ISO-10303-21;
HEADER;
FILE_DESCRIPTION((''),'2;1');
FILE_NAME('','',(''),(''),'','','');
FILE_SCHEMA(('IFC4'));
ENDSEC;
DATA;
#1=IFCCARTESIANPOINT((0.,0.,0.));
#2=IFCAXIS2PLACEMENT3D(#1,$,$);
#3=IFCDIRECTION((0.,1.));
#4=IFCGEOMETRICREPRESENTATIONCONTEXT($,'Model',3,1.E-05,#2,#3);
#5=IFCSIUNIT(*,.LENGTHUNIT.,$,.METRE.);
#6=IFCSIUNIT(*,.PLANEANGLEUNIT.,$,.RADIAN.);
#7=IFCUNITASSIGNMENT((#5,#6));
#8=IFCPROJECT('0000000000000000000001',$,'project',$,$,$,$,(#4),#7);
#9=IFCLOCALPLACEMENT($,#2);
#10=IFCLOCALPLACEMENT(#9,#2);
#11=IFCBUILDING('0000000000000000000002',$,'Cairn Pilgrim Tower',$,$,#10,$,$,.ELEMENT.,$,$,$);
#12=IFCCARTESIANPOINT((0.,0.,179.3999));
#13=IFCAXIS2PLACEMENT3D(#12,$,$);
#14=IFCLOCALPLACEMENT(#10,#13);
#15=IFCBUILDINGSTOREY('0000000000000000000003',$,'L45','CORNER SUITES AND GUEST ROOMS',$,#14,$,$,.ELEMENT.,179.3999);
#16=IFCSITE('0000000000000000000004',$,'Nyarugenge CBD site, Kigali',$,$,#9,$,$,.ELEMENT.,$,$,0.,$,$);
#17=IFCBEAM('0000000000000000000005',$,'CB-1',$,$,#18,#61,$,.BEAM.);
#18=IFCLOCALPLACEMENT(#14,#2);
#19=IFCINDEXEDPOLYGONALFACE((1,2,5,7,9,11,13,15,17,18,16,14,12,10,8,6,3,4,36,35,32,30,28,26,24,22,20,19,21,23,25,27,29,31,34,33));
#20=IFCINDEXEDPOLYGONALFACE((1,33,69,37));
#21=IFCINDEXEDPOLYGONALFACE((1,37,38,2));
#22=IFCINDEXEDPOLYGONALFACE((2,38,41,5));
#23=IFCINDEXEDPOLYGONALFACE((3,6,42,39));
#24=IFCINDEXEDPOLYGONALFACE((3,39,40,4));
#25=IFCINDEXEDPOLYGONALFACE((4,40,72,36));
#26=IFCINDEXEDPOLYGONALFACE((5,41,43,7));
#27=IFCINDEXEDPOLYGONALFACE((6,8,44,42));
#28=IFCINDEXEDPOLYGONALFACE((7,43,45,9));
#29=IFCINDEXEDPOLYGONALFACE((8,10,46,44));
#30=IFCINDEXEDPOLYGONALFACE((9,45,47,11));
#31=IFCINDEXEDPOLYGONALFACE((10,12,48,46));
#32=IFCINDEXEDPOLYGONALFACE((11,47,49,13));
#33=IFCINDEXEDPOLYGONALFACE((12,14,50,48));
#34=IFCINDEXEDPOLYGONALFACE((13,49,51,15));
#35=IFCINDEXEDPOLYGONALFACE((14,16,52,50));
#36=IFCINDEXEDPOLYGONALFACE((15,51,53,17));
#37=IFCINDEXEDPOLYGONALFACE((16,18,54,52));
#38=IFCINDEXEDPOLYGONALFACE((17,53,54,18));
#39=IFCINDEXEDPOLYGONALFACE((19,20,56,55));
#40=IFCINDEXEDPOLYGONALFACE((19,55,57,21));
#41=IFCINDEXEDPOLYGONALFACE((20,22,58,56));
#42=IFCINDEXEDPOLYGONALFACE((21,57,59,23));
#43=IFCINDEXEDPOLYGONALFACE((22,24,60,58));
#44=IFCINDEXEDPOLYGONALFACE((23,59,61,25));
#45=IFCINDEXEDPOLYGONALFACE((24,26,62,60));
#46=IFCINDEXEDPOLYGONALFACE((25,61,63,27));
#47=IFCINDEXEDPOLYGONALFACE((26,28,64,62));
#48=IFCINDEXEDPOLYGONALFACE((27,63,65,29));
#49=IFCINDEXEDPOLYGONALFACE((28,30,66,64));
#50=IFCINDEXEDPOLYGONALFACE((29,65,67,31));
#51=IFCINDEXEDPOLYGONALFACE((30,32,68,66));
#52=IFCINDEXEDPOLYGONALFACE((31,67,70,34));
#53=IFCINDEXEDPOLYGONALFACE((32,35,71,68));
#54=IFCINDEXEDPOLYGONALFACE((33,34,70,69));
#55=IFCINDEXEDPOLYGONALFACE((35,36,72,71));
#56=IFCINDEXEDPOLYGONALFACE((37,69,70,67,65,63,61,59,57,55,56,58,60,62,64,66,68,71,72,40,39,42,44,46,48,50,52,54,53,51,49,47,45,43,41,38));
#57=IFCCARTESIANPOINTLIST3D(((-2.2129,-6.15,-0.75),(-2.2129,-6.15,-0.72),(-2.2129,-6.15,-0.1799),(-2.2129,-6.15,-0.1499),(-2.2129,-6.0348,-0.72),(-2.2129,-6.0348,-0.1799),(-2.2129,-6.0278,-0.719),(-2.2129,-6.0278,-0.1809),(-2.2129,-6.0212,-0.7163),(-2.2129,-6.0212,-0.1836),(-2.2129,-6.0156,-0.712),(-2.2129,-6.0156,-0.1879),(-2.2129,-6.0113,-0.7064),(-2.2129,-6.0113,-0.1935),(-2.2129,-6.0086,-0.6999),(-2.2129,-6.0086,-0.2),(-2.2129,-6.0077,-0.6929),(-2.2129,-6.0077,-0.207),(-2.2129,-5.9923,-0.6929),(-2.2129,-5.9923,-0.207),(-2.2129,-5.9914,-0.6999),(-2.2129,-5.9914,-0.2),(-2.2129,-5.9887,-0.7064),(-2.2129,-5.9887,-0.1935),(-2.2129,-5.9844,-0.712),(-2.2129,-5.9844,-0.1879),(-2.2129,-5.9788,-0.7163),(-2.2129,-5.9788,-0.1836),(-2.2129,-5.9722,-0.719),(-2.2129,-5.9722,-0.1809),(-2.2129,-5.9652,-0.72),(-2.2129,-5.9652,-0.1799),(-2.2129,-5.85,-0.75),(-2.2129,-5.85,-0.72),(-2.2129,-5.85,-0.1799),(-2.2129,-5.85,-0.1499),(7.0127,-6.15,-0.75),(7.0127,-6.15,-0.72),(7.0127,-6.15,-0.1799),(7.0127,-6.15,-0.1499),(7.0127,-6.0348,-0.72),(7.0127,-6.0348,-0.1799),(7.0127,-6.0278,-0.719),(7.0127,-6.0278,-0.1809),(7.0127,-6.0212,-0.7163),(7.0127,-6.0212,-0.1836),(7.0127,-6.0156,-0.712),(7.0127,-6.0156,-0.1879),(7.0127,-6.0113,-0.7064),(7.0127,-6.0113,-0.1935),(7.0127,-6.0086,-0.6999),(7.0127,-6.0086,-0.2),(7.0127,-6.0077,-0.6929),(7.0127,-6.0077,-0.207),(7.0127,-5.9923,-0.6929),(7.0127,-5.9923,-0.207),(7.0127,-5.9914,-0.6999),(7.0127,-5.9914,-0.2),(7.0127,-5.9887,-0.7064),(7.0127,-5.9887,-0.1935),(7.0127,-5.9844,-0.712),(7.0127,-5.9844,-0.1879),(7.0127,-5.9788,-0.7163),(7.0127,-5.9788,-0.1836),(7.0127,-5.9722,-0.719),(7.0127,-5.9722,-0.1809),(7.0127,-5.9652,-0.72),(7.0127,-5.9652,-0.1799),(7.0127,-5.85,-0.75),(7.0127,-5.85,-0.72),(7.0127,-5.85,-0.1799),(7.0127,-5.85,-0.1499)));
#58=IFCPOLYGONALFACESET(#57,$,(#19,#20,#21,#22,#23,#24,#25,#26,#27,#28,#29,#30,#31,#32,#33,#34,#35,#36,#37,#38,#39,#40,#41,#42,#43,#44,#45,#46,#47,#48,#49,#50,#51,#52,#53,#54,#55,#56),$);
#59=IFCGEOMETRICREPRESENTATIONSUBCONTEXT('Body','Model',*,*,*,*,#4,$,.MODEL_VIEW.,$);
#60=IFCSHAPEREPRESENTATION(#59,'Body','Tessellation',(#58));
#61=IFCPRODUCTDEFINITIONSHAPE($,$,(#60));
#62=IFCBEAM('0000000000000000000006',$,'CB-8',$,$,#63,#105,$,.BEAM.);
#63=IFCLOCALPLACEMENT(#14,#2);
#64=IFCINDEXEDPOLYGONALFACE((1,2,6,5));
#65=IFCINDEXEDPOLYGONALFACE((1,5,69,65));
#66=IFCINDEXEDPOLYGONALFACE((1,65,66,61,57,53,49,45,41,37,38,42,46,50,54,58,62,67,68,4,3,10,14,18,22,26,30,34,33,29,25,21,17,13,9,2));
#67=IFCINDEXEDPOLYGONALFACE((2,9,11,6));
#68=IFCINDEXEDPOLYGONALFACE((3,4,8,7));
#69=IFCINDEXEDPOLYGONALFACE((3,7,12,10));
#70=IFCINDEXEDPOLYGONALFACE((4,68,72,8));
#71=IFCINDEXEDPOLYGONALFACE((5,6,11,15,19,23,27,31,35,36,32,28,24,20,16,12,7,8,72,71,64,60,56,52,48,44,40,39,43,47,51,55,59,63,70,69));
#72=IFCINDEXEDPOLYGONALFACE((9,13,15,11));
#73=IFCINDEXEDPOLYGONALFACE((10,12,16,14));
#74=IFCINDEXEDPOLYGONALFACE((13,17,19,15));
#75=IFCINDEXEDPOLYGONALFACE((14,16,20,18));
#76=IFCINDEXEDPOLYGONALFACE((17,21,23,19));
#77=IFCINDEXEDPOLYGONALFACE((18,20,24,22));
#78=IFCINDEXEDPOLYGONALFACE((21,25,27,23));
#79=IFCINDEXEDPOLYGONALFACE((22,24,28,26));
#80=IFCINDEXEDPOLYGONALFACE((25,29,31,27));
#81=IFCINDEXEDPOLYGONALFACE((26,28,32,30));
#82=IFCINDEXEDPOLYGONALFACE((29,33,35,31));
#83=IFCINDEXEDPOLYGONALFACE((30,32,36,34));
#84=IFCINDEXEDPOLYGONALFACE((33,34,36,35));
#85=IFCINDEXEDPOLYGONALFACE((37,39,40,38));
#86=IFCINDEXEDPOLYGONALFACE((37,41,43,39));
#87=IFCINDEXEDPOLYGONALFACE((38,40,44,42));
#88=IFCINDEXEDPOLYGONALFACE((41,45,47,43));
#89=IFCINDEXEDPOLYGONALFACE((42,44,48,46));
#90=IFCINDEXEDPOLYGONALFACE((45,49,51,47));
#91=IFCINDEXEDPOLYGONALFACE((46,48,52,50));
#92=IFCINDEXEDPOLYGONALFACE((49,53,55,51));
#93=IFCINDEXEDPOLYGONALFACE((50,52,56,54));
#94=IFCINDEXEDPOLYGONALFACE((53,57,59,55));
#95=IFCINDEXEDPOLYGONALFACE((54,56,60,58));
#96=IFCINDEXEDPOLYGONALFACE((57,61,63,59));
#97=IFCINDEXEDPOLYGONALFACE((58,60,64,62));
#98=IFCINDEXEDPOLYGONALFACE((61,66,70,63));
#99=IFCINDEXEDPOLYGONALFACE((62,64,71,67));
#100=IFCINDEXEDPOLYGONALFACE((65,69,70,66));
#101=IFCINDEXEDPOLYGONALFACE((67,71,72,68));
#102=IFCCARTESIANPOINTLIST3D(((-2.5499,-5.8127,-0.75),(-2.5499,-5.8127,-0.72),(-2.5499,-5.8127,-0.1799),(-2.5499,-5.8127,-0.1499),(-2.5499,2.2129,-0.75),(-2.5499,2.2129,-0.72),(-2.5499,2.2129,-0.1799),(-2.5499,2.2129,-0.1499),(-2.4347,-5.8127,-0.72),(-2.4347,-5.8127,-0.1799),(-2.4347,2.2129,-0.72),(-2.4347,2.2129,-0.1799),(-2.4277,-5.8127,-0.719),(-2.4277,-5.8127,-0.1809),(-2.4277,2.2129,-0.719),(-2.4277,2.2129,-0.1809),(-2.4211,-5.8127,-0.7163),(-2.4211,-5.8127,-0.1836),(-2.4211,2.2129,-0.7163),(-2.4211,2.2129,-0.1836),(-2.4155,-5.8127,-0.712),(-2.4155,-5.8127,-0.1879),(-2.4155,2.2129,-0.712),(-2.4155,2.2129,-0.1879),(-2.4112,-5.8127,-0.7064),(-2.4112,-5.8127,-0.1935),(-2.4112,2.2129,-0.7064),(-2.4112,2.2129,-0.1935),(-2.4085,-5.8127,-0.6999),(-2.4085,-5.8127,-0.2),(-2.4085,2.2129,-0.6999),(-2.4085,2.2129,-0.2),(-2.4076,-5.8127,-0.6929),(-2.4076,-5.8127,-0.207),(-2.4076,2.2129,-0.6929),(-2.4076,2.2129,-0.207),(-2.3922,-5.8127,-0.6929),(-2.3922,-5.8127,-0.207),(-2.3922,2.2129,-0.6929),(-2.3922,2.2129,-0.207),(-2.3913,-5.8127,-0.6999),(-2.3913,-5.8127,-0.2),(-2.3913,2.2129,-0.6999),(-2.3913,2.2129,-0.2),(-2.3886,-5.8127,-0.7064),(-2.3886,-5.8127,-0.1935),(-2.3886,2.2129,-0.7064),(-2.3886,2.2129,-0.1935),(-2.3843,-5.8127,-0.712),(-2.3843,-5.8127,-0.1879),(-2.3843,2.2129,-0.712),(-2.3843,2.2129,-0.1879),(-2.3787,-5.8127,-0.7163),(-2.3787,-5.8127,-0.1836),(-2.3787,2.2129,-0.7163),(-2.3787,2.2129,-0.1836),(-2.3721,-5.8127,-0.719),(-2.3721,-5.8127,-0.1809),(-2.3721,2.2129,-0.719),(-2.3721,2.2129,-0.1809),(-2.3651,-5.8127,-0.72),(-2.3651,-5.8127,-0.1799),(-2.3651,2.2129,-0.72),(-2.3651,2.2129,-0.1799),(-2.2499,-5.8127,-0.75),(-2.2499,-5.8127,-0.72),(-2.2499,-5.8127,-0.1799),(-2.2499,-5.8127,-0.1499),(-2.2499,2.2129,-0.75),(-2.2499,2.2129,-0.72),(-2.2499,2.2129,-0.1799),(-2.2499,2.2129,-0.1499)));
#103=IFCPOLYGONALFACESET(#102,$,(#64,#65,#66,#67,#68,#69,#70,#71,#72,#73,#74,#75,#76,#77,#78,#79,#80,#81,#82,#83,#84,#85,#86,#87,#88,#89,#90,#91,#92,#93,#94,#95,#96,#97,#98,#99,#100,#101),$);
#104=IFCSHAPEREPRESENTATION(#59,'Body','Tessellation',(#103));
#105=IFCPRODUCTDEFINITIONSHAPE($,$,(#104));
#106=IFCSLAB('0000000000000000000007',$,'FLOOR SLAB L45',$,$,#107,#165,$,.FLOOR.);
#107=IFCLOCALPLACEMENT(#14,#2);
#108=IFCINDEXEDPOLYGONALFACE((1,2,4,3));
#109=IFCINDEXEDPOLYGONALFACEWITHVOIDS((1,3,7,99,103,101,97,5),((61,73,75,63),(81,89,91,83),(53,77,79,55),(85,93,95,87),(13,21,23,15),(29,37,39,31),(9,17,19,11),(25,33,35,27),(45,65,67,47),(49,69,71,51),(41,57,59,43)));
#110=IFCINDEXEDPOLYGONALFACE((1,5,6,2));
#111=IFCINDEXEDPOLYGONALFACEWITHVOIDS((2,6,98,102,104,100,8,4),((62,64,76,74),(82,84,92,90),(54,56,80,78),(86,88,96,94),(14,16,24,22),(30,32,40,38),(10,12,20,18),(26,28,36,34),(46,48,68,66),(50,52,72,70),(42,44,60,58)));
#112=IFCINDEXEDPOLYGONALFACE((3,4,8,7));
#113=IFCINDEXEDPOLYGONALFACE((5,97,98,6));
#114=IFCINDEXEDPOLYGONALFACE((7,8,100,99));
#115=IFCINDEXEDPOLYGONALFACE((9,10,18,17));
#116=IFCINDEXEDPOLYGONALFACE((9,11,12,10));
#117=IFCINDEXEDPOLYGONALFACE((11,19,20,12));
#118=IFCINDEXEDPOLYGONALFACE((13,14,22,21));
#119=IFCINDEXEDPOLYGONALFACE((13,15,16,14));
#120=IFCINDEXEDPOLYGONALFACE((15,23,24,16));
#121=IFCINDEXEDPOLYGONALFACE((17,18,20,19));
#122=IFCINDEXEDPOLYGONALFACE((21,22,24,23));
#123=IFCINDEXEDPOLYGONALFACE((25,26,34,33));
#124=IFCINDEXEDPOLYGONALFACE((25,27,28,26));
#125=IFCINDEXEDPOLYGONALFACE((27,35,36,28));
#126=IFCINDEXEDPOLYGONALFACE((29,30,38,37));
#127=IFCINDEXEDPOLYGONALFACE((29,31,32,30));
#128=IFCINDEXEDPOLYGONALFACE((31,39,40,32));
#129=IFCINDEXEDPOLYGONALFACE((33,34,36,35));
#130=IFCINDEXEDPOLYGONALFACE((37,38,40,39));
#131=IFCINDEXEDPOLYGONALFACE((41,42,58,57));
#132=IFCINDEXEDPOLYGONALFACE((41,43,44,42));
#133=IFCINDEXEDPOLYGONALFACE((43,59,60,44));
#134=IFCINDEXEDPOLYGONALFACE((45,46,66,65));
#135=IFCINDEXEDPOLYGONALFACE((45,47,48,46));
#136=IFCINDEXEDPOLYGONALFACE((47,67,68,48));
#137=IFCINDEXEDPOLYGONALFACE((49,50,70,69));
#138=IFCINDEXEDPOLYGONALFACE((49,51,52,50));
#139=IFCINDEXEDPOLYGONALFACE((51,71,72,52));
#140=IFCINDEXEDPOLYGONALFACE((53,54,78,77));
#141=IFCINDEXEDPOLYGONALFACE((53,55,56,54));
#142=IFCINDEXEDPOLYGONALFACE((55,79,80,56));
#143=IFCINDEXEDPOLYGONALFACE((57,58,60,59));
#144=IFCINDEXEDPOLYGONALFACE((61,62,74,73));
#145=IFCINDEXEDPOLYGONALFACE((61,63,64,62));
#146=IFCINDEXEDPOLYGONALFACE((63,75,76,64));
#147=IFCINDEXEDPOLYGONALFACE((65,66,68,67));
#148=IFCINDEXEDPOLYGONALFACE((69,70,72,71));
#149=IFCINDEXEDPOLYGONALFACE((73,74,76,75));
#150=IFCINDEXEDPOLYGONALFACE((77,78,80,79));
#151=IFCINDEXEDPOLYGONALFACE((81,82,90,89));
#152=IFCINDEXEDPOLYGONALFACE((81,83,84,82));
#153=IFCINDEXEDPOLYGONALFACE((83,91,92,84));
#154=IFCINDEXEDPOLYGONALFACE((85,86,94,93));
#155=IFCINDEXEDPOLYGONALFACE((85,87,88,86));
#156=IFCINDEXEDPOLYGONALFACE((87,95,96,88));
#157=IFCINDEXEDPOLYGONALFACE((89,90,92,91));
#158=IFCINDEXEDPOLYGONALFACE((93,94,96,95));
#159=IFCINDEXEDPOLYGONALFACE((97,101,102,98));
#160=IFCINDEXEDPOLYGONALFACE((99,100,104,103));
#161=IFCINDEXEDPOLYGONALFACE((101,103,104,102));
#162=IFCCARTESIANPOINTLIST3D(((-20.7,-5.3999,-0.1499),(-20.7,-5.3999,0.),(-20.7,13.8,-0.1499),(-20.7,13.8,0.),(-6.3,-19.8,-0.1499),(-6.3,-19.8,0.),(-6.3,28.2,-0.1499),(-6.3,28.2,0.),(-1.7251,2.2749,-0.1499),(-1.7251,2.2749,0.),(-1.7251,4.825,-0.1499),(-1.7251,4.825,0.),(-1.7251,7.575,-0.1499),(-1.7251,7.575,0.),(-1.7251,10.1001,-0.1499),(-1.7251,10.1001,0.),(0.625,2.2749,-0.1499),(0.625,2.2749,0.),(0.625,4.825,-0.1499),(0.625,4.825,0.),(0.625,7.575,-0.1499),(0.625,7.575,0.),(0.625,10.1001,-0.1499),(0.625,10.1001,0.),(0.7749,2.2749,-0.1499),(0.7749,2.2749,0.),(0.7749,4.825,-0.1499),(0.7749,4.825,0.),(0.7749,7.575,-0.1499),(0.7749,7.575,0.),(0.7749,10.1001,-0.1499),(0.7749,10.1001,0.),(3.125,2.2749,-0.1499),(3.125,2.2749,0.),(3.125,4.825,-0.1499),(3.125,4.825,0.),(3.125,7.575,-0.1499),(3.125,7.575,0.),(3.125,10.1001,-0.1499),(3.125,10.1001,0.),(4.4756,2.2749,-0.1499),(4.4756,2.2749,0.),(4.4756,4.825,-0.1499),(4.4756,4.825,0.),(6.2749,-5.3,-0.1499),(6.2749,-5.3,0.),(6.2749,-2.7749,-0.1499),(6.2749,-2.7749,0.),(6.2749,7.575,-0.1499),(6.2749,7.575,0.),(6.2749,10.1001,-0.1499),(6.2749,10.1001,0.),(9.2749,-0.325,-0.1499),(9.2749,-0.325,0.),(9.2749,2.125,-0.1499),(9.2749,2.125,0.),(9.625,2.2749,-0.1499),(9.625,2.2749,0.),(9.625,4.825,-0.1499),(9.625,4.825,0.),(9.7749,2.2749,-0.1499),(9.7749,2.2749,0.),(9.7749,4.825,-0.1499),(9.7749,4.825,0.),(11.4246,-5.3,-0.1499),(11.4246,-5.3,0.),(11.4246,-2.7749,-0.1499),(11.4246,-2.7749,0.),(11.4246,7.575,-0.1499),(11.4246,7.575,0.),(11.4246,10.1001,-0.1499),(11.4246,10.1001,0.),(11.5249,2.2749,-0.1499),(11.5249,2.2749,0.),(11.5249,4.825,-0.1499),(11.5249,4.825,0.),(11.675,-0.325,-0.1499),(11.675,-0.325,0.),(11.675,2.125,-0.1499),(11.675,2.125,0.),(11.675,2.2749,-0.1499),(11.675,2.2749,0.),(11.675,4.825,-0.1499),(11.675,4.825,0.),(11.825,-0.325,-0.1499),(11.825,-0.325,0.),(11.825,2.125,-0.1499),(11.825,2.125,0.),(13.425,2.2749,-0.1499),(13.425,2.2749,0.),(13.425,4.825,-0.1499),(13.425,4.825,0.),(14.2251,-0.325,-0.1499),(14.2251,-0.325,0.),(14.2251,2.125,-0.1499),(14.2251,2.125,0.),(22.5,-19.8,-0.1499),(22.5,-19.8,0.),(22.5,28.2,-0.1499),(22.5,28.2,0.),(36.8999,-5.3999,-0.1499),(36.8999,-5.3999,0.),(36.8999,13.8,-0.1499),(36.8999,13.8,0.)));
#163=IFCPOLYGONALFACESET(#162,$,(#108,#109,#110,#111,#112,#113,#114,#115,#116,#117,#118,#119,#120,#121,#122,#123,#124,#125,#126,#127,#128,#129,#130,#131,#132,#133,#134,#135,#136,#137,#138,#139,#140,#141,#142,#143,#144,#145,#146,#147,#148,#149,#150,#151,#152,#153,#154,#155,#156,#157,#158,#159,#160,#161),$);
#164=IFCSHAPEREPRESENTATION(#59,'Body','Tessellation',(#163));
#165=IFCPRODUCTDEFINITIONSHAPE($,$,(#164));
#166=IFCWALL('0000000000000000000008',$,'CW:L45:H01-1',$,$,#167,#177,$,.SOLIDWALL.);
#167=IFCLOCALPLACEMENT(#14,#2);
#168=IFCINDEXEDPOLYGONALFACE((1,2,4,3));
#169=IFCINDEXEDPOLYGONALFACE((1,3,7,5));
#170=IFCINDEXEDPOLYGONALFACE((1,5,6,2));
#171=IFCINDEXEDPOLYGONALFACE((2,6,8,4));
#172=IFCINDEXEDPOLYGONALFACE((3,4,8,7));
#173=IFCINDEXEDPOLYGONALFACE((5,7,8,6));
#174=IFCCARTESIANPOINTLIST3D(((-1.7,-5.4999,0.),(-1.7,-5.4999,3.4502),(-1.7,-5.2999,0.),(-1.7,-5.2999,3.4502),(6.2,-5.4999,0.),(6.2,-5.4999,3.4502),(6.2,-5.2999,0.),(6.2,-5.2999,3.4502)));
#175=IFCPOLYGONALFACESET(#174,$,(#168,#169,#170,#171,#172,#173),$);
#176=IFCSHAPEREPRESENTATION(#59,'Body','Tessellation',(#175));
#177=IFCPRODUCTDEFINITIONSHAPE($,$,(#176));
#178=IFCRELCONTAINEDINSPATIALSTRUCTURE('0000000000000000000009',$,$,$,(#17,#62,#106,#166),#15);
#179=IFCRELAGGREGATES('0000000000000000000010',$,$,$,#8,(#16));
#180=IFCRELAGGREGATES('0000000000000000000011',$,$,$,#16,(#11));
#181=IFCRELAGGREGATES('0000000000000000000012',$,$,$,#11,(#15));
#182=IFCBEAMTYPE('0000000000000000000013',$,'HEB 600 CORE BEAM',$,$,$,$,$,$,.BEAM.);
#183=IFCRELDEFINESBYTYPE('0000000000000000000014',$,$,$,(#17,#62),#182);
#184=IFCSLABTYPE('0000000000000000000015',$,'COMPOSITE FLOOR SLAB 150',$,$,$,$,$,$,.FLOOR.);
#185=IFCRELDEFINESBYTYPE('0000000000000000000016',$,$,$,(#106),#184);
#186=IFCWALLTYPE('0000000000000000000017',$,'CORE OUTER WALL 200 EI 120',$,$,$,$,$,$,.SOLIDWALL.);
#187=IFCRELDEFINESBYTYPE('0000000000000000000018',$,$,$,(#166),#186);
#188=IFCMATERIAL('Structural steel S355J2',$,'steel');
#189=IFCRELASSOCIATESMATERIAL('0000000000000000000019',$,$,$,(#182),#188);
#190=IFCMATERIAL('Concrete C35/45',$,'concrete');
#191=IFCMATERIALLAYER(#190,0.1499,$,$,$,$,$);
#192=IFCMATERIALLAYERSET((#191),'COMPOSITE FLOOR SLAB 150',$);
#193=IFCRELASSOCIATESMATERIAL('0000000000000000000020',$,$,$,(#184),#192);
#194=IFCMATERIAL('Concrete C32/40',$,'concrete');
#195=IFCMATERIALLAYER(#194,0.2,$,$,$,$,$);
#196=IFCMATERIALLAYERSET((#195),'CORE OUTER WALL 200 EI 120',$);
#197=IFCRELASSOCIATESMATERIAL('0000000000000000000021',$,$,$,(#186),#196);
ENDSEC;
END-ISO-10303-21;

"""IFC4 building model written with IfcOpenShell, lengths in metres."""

from ifc_helpers import new_model, si_unit, direction, frame, frame_2d, origin, origin_2d, place, context, subcontext, project, spatial, polyline, rectangle, i_section, outline, extrude, material, layer, layer_set, material_profile, profile_set, type_object, element, save


model = new_model("IFC4")

# Units and contexts
model_context = context("Model", 3, precision=1e-05, world=origin(), true_north=direction((0.0, 1.0)))
body_context = subcontext(model_context, "Body", "Model", "MODEL_VIEW")
ifc_project = project(units=[si_unit("LENGTHUNIT", "METRE"), si_unit("PLANEANGLEUNIT", "RADIAN")], contexts=[model_context])

# Site, building, storey
site_placement = place(None, origin())
site = spatial("IfcSite", under=ifc_project, at=site_placement, Name="Nyarugenge CBD site, Kigali", CompositionType="ELEMENT", RefElevation=0.0)
building_placement = place(site_placement, origin())
building = spatial("IfcBuilding", under=site, at=building_placement, Name="Cairn Pilgrim Tower", CompositionType="ELEMENT")
storey_placement = place(building_placement, frame((0.0, 0.0, 179.3999)))
storey = spatial("IfcBuildingStorey", under=building, at=storey_placement, Name="L45", Description="CORNER SUITES AND GUEST ROOMS", CompositionType="ELEMENT", Elevation=179.3999)

# Shared definitions
ifc_material_1 = material(Name="Structural steel S355J2", Category="steel")

# Beams
ifc_material_profile_1 = material_profile(ifc_material_1, i_section(OverallWidth=0.3, OverallDepth=0.6001, WebThickness=0.0154, FlangeThickness=0.03, FilletRadius=0.0271, at=origin_2d()), Name="HEB 600")
ifc_profile_set_1 = profile_set([ifc_material_profile_1], Name="Structural steel S355J2")
beam_type = type_object("IfcBeamType", Name="HEB 600 CORE BEAM", PredefinedType="BEAM", material=ifc_profile_set_1)
beam_1_placement = place(storey_placement, frame((-2.2129, -6.0, -0.45), z_axis=(1.0, 0.0, 0.0), x_axis=(0.0, 1.0, 0.0)))
element("IfcBeam", 1, at=beam_1_placement, inside=storey, type_object=beam_type, Name="CB-1", PredefinedType="BEAM", context=body_context, shape_type="SweptSolid", body=[
    extrude(i_section(OverallWidth=0.3, OverallDepth=0.6001, WebThickness=0.0154, FlangeThickness=0.03, FilletRadius=0.0271, at=origin_2d()), origin(), (0.0, 0.0, 1.0), 9.2256),
])
beam_2_placement = place(storey_placement, frame((-2.3999, 2.2129, -0.45), z_axis=(0.0, -1.0, 0.0), x_axis=(1.0, 0.0, 0.0)))
element("IfcBeam", 2, at=beam_2_placement, inside=storey, type_object=beam_type, Name="CB-8", PredefinedType="BEAM", context=body_context, shape_type="SweptSolid", body=[
    extrude(i_section(OverallWidth=0.3, OverallDepth=0.6001, WebThickness=0.0154, FlangeThickness=0.03, FilletRadius=0.0271, at=origin_2d()), origin(), (0.0, 0.0, 1.0), 8.0256),
])

# Slab
ifc_material_2 = material(Name="Concrete C35/45", Category="concrete")
ifc_layer_1 = layer(ifc_material_2, 0.1499)
ifc_layer_set_1 = layer_set([ifc_layer_1], Name="COMPOSITE FLOOR SLAB 150")
slab_type = type_object("IfcSlabType", Name="COMPOSITE FLOOR SLAB 150", PredefinedType="FLOOR", material=ifc_layer_set_1)
slab_placement = place(storey_placement, frame((0.0, 0.0, -0.1499)))
element("IfcSlab", 3, at=slab_placement, inside=storey, type_object=slab_type, Name="FLOOR SLAB L45", PredefinedType="FLOOR", context=body_context, shape_type="SweptSolid", body=[
    extrude(outline(polyline([(-6.3, -19.8), (22.5, -19.8), (36.8999, -5.3999), (36.8999, 13.8), (22.5, 28.2), (-6.3, 28.2), (-20.7, 13.8), (-20.7, -5.3999), (-6.3, -19.8)]), holes=[polyline([(9.2749, -0.325), (11.675, -0.325), (11.675, 2.125), (9.2749, 2.125), (9.2749, -0.325)]), polyline([(11.825, -0.325), (14.2251, -0.325), (14.2251, 2.125), (11.825, 2.125), (11.825, -0.325)]), polyline([(-1.7251, 2.2749), (0.625, 2.2749), (0.625, 4.825), (-1.7251, 4.825), (-1.7251, 2.2749)]), polyline([(0.7749, 2.2749), (3.125, 2.2749), (3.125, 4.825), (0.7749, 4.825), (0.7749, 2.2749)]), polyline([(-1.7251, 7.575), (0.625, 7.575), (0.625, 10.1001), (-1.7251, 10.1001), (-1.7251, 7.575)]), polyline([(0.7749, 7.575), (3.125, 7.575), (3.125, 10.1001), (0.7749, 10.1001), (0.7749, 7.575)]), polyline([(9.7749, 2.2749), (11.5249, 2.2749), (11.5249, 4.825), (9.7749, 4.825), (9.7749, 2.2749)]), polyline([(11.675, 2.2749), (13.425, 2.2749), (13.425, 4.825), (11.675, 4.825), (11.675, 2.2749)]), polyline([(11.4246, -2.7749), (6.2749, -2.7749), (6.2749, -5.3), (11.4246, -5.3), (11.4246, -2.7749)]), polyline([(4.4756, 2.2749), (9.625, 2.2749), (9.625, 4.825), (4.4756, 4.825), (4.4756, 2.2749)]), polyline([(11.4246, 10.1001), (6.2749, 10.1001), (6.2749, 7.575), (11.4246, 7.575), (11.4246, 10.1001)])]), origin(), (0.0, 0.0, 1.0), 0.1499),
])

# Wall
ifc_material_3 = material(Name="Concrete C32/40", Category="concrete")
ifc_layer_2 = layer(ifc_material_3, 0.2)
ifc_layer_set_2 = layer_set([ifc_layer_2], Name="CORE OUTER WALL 200 EI 120")
wall_type_1 = type_object("IfcWallType", Name="CORE OUTER WALL 200 EI 120", PredefinedType="SOLIDWALL", material=ifc_layer_set_2)
wall_1_placement = place(storey_placement, frame((-1.7, -5.3999, 0.0), z_axis=(0.0, 0.0, 1.0), x_axis=(1.0, 0.0, 0.0)))
element("IfcWall", 4, at=wall_1_placement, inside=storey, type_object=wall_type_1, Name="CW:L45:H01-1", PredefinedType="SOLIDWALL", context=body_context, shape_type="SweptSolid", body=[
    extrude(rectangle(XDim=7.8999, YDim=0.2, at=frame_2d((3.95, 0.0))), origin(), (0.0, 0.0, 1.0), 3.4502),
])

save(model, "model.ifc")
